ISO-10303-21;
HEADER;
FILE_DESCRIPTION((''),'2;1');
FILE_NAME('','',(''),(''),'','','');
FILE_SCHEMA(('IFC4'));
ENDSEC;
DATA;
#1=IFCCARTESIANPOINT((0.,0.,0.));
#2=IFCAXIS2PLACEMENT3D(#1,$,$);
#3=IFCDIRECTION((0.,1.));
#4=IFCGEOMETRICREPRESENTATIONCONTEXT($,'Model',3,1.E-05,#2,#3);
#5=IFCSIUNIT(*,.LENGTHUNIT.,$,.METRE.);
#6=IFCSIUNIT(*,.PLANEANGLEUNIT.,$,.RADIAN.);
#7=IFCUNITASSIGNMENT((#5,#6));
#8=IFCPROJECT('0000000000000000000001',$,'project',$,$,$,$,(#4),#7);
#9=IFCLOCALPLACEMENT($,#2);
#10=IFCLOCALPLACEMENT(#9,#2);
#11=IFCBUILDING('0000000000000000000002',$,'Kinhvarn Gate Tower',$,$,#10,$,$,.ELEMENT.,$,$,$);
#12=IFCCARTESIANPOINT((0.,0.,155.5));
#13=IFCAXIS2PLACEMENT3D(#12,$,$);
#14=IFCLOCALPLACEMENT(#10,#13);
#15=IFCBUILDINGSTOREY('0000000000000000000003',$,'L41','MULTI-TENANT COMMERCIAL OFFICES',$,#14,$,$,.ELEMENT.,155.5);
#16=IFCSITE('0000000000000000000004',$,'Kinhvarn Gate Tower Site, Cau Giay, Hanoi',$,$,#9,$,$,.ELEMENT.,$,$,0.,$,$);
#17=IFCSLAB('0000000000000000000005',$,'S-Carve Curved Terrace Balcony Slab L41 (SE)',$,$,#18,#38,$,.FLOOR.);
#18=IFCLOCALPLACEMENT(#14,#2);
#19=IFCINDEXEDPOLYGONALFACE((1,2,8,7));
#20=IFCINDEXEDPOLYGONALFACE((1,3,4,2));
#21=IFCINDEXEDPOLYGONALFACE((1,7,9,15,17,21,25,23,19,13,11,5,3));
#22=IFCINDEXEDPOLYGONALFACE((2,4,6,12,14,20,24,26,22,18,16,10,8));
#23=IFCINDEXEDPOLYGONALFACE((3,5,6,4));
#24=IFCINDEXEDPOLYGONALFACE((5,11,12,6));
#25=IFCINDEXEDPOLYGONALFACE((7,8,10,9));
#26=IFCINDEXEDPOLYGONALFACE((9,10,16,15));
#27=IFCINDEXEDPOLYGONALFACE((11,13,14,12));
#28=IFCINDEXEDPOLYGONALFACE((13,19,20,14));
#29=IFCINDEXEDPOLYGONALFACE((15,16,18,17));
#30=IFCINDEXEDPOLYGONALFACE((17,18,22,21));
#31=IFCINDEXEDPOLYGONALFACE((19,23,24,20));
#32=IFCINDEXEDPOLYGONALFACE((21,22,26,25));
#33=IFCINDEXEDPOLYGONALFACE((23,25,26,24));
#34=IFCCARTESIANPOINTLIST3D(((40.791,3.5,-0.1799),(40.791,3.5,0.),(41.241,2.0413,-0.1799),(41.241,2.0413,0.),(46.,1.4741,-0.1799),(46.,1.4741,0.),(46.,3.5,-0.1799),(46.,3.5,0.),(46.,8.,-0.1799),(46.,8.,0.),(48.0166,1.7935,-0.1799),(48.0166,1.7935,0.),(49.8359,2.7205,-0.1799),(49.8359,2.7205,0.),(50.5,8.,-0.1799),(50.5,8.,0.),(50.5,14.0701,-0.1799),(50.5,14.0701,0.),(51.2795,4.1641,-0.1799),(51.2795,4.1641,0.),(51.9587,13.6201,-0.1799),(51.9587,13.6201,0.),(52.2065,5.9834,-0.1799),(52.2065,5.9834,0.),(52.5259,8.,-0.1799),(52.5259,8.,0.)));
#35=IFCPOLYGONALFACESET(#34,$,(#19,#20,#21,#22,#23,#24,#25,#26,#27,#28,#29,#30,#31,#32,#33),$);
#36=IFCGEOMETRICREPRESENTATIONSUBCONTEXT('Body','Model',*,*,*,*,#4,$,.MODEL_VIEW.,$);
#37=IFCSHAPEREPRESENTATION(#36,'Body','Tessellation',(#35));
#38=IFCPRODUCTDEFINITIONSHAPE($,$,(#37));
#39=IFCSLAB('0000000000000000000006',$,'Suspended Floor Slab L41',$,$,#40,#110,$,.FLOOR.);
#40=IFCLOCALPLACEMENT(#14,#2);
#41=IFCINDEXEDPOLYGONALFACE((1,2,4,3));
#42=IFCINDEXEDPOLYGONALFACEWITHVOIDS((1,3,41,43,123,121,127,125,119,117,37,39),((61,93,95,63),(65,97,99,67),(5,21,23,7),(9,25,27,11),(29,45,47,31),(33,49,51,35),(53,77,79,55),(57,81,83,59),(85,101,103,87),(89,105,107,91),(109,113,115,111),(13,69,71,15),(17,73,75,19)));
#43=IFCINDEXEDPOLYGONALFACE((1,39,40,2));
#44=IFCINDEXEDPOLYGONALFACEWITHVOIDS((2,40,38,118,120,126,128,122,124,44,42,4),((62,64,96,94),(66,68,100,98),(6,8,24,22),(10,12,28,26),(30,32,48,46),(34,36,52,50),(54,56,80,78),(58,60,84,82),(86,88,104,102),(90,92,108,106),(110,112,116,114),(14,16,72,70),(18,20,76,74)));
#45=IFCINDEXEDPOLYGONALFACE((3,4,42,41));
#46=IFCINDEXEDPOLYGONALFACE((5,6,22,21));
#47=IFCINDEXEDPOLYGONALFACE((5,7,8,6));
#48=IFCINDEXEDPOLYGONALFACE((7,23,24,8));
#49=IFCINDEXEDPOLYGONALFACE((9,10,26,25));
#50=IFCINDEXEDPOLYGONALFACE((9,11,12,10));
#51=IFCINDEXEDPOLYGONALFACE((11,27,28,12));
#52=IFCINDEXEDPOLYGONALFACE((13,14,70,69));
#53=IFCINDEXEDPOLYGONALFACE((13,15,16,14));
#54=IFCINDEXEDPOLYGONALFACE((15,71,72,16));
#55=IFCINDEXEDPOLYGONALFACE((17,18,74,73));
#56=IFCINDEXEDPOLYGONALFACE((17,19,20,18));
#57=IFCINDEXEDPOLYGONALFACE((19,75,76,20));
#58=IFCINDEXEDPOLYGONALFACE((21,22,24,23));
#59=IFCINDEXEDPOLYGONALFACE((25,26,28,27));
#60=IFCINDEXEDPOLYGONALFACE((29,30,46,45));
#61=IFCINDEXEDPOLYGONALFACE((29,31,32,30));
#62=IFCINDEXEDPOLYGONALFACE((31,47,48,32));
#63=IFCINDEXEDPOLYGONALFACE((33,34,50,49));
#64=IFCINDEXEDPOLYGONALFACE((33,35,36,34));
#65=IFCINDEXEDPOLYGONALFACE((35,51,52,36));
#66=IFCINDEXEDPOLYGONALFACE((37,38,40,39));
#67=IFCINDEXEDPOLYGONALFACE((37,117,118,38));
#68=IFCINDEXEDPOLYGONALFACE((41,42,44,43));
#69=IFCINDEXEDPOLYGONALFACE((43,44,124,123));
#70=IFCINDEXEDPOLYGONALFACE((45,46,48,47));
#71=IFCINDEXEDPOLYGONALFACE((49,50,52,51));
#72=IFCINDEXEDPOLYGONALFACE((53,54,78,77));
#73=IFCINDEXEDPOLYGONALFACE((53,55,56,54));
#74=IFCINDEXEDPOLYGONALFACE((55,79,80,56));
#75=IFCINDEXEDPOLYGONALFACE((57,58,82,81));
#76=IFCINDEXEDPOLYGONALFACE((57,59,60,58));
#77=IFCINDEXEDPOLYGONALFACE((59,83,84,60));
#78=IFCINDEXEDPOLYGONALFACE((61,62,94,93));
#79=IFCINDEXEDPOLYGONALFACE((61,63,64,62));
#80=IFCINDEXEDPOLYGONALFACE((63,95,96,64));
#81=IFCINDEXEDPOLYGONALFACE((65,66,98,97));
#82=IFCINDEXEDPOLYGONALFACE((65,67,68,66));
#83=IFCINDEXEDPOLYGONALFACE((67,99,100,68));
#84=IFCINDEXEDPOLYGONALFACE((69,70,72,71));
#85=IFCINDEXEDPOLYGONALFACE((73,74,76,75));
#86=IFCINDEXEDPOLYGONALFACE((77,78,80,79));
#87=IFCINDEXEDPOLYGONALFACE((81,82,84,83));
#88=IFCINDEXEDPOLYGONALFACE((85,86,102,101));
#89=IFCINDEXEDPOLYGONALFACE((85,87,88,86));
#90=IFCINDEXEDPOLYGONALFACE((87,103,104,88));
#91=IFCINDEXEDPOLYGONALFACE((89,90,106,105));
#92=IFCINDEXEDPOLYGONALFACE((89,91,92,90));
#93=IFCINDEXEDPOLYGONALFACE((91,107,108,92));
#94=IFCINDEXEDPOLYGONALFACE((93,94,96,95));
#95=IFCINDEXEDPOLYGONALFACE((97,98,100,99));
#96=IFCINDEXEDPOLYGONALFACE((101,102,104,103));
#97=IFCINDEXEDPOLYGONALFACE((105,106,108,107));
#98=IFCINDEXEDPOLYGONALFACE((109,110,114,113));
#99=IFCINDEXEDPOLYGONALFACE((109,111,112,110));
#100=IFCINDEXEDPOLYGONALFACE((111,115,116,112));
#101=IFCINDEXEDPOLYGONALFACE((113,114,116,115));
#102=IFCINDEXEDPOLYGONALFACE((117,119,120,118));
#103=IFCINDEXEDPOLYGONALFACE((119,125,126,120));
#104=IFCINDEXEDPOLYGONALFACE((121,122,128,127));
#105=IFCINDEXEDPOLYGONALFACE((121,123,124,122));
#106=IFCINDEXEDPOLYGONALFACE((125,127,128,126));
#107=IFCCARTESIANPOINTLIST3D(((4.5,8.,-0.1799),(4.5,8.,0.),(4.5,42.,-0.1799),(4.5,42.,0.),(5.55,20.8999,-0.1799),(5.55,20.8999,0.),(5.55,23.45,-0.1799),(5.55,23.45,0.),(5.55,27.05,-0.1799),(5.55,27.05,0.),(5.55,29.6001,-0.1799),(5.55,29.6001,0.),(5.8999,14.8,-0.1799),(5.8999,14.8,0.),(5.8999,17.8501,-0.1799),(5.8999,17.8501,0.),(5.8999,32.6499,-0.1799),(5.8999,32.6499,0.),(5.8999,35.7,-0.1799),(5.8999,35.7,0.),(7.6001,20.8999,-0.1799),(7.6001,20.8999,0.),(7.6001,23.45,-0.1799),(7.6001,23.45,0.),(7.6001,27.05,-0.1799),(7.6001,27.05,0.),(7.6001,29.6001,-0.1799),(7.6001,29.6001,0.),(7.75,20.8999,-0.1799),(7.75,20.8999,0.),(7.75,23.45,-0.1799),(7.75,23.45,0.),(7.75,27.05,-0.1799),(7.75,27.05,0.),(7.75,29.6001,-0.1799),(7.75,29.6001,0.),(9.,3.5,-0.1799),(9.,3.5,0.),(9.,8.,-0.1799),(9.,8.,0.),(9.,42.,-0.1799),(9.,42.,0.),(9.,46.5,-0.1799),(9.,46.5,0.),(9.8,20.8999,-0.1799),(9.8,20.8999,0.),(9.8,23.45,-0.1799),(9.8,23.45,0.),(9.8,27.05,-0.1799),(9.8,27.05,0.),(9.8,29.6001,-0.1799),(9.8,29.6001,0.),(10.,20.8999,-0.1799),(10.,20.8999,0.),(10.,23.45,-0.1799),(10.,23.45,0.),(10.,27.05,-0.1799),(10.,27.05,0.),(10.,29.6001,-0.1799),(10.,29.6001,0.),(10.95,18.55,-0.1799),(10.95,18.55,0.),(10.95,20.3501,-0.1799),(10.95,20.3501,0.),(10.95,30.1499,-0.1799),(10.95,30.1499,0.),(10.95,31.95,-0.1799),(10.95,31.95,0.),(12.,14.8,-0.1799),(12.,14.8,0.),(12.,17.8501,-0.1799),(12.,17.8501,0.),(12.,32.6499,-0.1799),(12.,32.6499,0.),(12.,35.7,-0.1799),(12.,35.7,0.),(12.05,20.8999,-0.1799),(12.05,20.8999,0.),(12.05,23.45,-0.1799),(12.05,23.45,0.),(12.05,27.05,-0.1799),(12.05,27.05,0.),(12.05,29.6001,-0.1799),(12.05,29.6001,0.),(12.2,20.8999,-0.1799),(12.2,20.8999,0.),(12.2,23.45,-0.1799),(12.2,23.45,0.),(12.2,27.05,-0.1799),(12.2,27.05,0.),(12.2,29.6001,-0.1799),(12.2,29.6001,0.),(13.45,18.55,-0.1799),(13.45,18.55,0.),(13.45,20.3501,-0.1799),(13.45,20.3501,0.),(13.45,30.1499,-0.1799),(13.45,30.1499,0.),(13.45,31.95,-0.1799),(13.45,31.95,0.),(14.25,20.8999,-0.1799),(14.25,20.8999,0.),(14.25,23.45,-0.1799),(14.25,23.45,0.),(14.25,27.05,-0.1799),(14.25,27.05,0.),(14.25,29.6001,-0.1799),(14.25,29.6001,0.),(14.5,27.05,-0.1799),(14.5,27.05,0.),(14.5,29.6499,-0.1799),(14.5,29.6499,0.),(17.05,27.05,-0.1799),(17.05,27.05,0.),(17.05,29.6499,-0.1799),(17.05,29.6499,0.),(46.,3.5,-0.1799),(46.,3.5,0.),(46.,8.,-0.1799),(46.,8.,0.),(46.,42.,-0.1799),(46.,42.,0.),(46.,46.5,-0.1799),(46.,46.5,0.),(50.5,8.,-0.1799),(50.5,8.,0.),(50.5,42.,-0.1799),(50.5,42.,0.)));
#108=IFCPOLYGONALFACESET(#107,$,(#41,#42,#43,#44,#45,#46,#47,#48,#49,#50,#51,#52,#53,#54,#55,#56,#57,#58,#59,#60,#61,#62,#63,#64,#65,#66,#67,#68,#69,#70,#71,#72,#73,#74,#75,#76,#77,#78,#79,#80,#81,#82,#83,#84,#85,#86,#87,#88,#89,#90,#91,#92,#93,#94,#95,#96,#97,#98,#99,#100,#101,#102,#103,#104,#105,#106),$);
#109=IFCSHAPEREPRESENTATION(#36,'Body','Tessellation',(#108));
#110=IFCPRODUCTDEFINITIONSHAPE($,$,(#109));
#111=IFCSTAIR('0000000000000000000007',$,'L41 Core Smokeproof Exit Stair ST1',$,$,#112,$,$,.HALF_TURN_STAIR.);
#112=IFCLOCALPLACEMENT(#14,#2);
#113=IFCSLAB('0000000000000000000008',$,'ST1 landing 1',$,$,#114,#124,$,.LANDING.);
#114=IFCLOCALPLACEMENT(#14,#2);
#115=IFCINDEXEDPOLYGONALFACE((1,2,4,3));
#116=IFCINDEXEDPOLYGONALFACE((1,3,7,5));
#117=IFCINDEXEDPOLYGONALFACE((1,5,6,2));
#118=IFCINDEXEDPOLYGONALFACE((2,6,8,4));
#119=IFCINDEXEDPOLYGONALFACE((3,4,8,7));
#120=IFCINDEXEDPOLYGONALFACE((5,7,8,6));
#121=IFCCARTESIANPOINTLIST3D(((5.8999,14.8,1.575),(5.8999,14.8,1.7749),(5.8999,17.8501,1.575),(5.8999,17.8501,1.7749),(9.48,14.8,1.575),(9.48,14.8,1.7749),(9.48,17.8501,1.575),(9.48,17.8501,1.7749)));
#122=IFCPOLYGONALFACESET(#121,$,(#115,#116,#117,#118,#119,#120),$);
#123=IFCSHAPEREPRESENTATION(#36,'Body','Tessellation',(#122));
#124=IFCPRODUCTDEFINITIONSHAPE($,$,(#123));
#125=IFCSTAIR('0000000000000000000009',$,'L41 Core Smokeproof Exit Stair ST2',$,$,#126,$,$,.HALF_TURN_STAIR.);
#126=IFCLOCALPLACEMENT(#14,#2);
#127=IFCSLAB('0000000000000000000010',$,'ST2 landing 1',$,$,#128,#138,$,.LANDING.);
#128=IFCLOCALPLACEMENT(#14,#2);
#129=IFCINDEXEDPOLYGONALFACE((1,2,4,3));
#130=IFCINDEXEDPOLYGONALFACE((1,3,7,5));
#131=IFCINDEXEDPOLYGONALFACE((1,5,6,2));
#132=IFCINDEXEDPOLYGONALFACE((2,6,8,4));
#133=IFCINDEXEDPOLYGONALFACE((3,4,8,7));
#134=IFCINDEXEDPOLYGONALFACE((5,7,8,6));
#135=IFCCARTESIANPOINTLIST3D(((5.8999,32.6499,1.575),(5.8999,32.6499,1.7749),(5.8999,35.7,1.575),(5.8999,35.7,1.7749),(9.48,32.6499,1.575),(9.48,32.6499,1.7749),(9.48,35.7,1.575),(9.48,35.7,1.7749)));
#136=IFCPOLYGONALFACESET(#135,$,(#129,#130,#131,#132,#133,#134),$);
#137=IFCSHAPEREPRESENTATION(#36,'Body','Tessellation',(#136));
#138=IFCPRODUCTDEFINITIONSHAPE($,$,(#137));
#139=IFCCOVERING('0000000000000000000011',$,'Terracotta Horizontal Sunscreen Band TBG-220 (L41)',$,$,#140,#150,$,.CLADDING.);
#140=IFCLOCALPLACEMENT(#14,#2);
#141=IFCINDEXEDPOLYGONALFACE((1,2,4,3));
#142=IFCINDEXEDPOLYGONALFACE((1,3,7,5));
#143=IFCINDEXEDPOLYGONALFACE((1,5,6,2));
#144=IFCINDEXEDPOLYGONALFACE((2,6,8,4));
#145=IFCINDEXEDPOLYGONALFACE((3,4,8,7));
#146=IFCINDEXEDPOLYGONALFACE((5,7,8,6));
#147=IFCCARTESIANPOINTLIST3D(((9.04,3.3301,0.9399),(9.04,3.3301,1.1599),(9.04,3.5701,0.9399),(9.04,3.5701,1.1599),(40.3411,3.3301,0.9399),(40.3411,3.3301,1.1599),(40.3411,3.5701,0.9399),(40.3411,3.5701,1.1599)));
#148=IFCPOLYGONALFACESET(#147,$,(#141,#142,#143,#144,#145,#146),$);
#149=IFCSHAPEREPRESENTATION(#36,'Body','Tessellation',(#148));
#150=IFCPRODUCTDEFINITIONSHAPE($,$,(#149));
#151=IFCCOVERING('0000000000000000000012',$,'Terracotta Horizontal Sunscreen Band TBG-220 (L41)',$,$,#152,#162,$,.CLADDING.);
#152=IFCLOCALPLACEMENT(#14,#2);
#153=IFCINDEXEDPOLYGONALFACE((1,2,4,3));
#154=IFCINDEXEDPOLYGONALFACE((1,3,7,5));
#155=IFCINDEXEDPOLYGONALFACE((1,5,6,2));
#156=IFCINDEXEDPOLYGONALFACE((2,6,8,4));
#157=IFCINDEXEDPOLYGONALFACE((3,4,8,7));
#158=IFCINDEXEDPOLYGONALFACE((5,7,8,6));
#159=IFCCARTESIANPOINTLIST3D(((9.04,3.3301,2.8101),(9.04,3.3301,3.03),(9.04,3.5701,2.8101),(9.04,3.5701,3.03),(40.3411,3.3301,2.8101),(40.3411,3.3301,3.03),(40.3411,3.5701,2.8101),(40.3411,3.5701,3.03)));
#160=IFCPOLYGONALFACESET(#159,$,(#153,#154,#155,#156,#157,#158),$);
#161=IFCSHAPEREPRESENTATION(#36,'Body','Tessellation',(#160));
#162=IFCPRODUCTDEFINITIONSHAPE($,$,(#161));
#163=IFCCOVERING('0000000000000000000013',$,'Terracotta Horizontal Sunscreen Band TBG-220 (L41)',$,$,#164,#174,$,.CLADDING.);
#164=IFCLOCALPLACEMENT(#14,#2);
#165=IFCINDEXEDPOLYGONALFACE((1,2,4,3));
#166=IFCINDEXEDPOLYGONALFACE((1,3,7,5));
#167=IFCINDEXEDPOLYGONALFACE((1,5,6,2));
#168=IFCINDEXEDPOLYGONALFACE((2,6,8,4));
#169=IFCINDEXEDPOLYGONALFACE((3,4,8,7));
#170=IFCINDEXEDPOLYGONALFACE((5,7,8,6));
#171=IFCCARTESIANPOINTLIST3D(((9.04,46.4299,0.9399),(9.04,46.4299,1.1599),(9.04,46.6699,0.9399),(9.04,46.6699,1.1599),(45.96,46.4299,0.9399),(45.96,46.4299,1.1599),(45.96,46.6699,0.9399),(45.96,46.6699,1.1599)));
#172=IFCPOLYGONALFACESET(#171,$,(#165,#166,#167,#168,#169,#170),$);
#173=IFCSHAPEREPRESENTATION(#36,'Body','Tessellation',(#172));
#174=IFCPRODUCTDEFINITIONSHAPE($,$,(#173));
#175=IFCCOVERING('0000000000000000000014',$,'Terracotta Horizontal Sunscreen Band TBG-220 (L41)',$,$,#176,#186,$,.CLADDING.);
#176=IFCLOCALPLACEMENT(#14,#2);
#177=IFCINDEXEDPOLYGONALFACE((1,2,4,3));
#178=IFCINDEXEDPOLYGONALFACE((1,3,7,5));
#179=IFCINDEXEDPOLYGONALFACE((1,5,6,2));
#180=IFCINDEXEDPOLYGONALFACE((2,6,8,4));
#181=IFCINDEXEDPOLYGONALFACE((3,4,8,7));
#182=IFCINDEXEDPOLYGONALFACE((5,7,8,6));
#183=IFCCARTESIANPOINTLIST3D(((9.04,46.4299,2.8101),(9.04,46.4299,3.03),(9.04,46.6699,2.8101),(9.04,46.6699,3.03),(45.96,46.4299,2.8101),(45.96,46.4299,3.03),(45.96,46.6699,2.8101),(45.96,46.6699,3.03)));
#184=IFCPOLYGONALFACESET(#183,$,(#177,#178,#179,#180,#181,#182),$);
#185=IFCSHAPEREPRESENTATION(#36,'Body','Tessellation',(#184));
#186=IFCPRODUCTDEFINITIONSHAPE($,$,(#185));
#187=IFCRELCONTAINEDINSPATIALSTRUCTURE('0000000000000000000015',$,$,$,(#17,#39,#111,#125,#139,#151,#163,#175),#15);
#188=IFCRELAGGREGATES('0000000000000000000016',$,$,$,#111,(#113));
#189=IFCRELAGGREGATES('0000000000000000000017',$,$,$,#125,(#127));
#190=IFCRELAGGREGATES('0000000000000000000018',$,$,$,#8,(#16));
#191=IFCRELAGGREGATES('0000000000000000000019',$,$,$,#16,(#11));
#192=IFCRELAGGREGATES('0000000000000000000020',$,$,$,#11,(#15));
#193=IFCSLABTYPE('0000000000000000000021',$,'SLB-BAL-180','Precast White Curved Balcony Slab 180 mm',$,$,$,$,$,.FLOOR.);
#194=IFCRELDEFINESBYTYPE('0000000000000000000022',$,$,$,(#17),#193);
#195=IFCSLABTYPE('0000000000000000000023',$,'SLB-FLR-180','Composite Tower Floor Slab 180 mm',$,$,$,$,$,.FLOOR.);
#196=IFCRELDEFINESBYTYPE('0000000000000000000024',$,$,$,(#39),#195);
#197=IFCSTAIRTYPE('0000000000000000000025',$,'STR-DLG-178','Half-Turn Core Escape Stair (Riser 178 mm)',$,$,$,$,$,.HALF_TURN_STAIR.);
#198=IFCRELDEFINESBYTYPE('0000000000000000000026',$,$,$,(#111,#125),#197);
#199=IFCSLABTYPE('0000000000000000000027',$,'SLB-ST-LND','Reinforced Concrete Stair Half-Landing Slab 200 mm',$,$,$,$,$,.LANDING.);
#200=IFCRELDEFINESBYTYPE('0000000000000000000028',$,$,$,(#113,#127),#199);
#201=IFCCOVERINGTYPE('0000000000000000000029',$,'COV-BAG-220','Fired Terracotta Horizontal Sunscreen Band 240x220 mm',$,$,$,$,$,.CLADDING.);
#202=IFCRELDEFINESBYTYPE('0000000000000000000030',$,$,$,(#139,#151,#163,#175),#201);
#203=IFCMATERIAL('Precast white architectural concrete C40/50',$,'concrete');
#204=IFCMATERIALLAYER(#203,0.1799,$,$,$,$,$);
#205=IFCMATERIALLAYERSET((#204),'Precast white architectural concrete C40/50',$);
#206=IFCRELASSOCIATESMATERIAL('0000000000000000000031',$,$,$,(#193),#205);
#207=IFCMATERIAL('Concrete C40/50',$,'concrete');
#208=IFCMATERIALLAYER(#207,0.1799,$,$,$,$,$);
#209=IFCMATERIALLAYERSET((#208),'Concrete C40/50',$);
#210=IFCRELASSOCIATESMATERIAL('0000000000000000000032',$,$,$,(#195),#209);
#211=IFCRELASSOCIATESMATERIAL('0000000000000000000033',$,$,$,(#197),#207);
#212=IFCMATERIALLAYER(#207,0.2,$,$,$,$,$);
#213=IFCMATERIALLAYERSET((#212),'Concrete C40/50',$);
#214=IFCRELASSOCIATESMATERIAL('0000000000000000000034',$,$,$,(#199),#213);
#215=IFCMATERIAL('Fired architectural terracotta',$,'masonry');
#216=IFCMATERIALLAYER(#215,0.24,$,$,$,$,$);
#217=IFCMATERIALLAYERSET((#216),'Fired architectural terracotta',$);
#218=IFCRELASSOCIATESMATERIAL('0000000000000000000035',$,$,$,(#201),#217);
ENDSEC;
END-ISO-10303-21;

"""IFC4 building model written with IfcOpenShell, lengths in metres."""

from ifc_helpers import new_model, si_unit, direction, frame, origin, place, context, subcontext, project, spatial, polyline, outline, extrude, material, layer, layer_set, type_object, element, aggregate, save


model = new_model("IFC4")

# Units and contexts
model_context = context("Model", 3, precision=1e-05, world=origin(), true_north=direction((0.0, 1.0)))
body_context = subcontext(model_context, "Body", "Model", "MODEL_VIEW")
ifc_project = project(units=[si_unit("LENGTHUNIT", "METRE"), si_unit("PLANEANGLEUNIT", "RADIAN")], contexts=[model_context])

# Site, building, storey
site_placement = place(None, origin())
site = spatial("IfcSite", under=ifc_project, at=site_placement, Name="Kinhvarn Gate Tower Site, Cau Giay, Hanoi", CompositionType="ELEMENT", RefElevation=0.0)
building_placement = place(site_placement, origin())
building = spatial("IfcBuilding", under=site, at=building_placement, Name="Kinhvarn Gate Tower", CompositionType="ELEMENT")
storey_placement = place(building_placement, frame((0.0, 0.0, 155.5)))
storey = spatial("IfcBuildingStorey", under=building, at=storey_placement, Name="L41", Description="MULTI-TENANT COMMERCIAL OFFICES", CompositionType="ELEMENT", Elevation=155.5)

# Slabs
ifc_material_1 = material(Name="Precast white architectural concrete C40/50", Category="concrete")
ifc_layer_1 = layer(ifc_material_1, 0.1799)
ifc_layer_set_1 = layer_set([ifc_layer_1], Name="Precast white architectural concrete C40/50")
slab_type_1 = type_object("IfcSlabType", Name="SLB-BAL-180", Description="Precast White Curved Balcony Slab 180 mm", PredefinedType="FLOOR", material=ifc_layer_set_1)
slab_1_placement = place(storey_placement, frame((0.0, 0.0, -0.1799)))
element("IfcSlab", 1, at=slab_1_placement, inside=storey, type_object=slab_type_1, Name="S-Carve Curved Terrace Balcony Slab L41 (SE)", PredefinedType="FLOOR", context=body_context, shape_type="SweptSolid", body=[
    extrude(outline(polyline([(40.791, 3.5), (41.241, 2.0413), (46.0, 1.4741), (48.0166, 1.7935), (49.8359, 2.7205), (51.2795, 4.1641), (52.2065, 5.9834), (52.5259, 8.0), (51.9587, 13.6201), (50.5, 14.0701), (50.5, 8.0), (46.0, 8.0), (46.0, 3.5), (40.791, 3.5)])), origin(), (0.0, 0.0, 1.0), 0.1799),
])
ifc_material_2 = material(Name="Concrete C40/50", Category="concrete")
ifc_layer_2 = layer(ifc_material_2, 0.1799)
ifc_layer_set_2 = layer_set([ifc_layer_2], Name="Concrete C40/50")
slab_type_2 = type_object("IfcSlabType", Name="SLB-FLR-180", Description="Composite Tower Floor Slab 180 mm", PredefinedType="FLOOR", material=ifc_layer_set_2)
slab_2_placement = place(storey_placement, frame((0.0, 0.0, -0.1799)))
element("IfcSlab", 2, at=slab_2_placement, inside=storey, type_object=slab_type_2, Name="Suspended Floor Slab L41", PredefinedType="FLOOR", context=body_context, shape_type="SweptSolid", body=[
    extrude(outline(polyline([(9.0, 3.5), (46.0, 3.5), (46.0, 8.0), (50.5, 8.0), (50.5, 42.0), (46.0, 42.0), (46.0, 46.5), (9.0, 46.5), (9.0, 42.0), (4.5, 42.0), (4.5, 8.0), (9.0, 8.0), (9.0, 3.5)]), holes=[polyline([(5.8999, 14.8), (12.0, 14.8), (12.0, 17.8501), (5.8999, 17.8501), (5.8999, 14.8)]), polyline([(5.8999, 32.6499), (12.0, 32.6499), (12.0, 35.7), (5.8999, 35.7), (5.8999, 32.6499)]), polyline([(5.55, 20.8999), (7.6001, 20.8999), (7.6001, 23.45), (5.55, 23.45), (5.55, 20.8999)]), polyline([(7.75, 20.8999), (9.8, 20.8999), (9.8, 23.45), (7.75, 23.45), (7.75, 20.8999)]), polyline([(5.55, 27.05), (7.6001, 27.05), (7.6001, 29.6001), (5.55, 29.6001), (5.55, 27.05)]), polyline([(7.75, 27.05), (9.8, 27.05), (9.8, 29.6001), (7.75, 29.6001), (7.75, 27.05)]), polyline([(10.0, 20.8999), (12.05, 20.8999), (12.05, 23.45), (10.0, 23.45), (10.0, 20.8999)]), polyline([(12.2, 20.8999), (14.25, 20.8999), (14.25, 23.45), (12.2, 23.45), (12.2, 20.8999)]), polyline([(10.0, 27.05), (12.05, 27.05), (12.05, 29.6001), (10.0, 29.6001), (10.0, 27.05)]), polyline([(12.2, 27.05), (14.25, 27.05), (14.25, 29.6001), (12.2, 29.6001), (12.2, 27.05)]), polyline([(14.5, 27.05), (17.05, 27.05), (17.05, 29.6499), (14.5, 29.6499), (14.5, 27.05)]), polyline([(10.95, 18.55), (13.45, 18.55), (13.45, 20.3501), (10.95, 20.3501), (10.95, 18.55)]), polyline([(10.95, 30.1499), (13.45, 30.1499), (13.45, 31.95), (10.95, 31.95), (10.95, 30.1499)])]), origin(), (0.0, 0.0, 1.0), 0.1799),
])

# Stairs, slabs
stair_type = type_object("IfcStairType", Name="STR-DLG-178", Description="Half-Turn Core Escape Stair (Riser 178 mm)", PredefinedType="HALF_TURN_STAIR", material=ifc_material_2)
stair_1_placement = place(storey_placement, origin())
stair_1 = element("IfcStair", 3, at=stair_1_placement, inside=storey, type_object=stair_type, Name="L41 Core Smokeproof Exit Stair ST1", PredefinedType="HALF_TURN_STAIR")
ifc_layer_3 = layer(ifc_material_2, 0.2)
ifc_layer_set_3 = layer_set([ifc_layer_3], Name="Concrete C40/50")
slab_type_3 = type_object("IfcSlabType", Name="SLB-ST-LND", Description="Reinforced Concrete Stair Half-Landing Slab 200 mm", PredefinedType="LANDING", material=ifc_layer_set_3)
slab_3_placement = place(storey_placement, frame((0.0, 0.0, 1.575)))
slab_3 = element("IfcSlab", 4, at=slab_3_placement, type_object=slab_type_3, Name="ST1 landing 1", PredefinedType="LANDING", context=body_context, shape_type="SweptSolid", body=[
    extrude(outline(polyline([(9.48, 17.8501), (5.8999, 17.8501), (5.8999, 14.8), (9.48, 14.8), (9.48, 17.8501)])), origin(), (0.0, 0.0, 1.0), 0.2),
])
aggregate(stair_1, [slab_3])
stair_2_placement = place(storey_placement, origin())
stair_2 = element("IfcStair", 5, at=stair_2_placement, inside=storey, type_object=stair_type, Name="L41 Core Smokeproof Exit Stair ST2", PredefinedType="HALF_TURN_STAIR")
slab_4_placement = place(storey_placement, frame((0.0, 0.0, 1.575)))
slab_4 = element("IfcSlab", 6, at=slab_4_placement, type_object=slab_type_3, Name="ST2 landing 1", PredefinedType="LANDING", context=body_context, shape_type="SweptSolid", body=[
    extrude(outline(polyline([(9.48, 35.7), (5.8999, 35.7), (5.8999, 32.6499), (9.48, 32.6499), (9.48, 35.7)])), origin(), (0.0, 0.0, 1.0), 0.2),
])
aggregate(stair_2, [slab_4])

# Coverings
ifc_material_3 = material(Name="Fired architectural terracotta", Category="masonry")
ifc_layer_4 = layer(ifc_material_3, 0.24)
ifc_layer_set_4 = layer_set([ifc_layer_4], Name="Fired architectural terracotta")
covering_type_1 = type_object("IfcCoveringType", Name="COV-BAG-220", Description="Fired Terracotta Horizontal Sunscreen Band 240x220 mm", PredefinedType="CLADDING", material=ifc_layer_set_4)
for number, where, name in (
    (7, (0.0, 0.0, 0.9399), "Terracotta Horizontal Sunscreen Band TBG-220 (L41)"),
    (8, (0.0, 0.0, 2.8101), "Terracotta Horizontal Sunscreen Band TBG-220 (L41)"),
):
    element("IfcCovering", number, at=place(storey_placement, frame(where)), inside=storey, type_object=covering_type_1, Name=name, PredefinedType="CLADDING", context=body_context, shape_type="SweptSolid", body=[
        extrude(outline(polyline([(9.04, 3.5701), (40.3411, 3.5701), (40.3411, 3.3301), (9.04, 3.3301), (9.04, 3.5701)])), origin(), (0.0, 0.0, 1.0), 0.22),
    ])
for number, where, name in (
    (9, (0.0, 0.0, 0.9399), "Terracotta Horizontal Sunscreen Band TBG-220 (L41)"),
    (10, (0.0, 0.0, 2.8101), "Terracotta Horizontal Sunscreen Band TBG-220 (L41)"),
):
    element("IfcCovering", number, at=place(storey_placement, frame(where)), inside=storey, type_object=covering_type_1, Name=name, PredefinedType="CLADDING", context=body_context, shape_type="SweptSolid", body=[
        extrude(outline(polyline([(45.96, 46.4299), (9.04, 46.4299), (9.04, 46.6699), (45.96, 46.6699), (45.96, 46.4299)])), origin(), (0.0, 0.0, 1.0), 0.22),
    ])

save(model, "model.ifc")
